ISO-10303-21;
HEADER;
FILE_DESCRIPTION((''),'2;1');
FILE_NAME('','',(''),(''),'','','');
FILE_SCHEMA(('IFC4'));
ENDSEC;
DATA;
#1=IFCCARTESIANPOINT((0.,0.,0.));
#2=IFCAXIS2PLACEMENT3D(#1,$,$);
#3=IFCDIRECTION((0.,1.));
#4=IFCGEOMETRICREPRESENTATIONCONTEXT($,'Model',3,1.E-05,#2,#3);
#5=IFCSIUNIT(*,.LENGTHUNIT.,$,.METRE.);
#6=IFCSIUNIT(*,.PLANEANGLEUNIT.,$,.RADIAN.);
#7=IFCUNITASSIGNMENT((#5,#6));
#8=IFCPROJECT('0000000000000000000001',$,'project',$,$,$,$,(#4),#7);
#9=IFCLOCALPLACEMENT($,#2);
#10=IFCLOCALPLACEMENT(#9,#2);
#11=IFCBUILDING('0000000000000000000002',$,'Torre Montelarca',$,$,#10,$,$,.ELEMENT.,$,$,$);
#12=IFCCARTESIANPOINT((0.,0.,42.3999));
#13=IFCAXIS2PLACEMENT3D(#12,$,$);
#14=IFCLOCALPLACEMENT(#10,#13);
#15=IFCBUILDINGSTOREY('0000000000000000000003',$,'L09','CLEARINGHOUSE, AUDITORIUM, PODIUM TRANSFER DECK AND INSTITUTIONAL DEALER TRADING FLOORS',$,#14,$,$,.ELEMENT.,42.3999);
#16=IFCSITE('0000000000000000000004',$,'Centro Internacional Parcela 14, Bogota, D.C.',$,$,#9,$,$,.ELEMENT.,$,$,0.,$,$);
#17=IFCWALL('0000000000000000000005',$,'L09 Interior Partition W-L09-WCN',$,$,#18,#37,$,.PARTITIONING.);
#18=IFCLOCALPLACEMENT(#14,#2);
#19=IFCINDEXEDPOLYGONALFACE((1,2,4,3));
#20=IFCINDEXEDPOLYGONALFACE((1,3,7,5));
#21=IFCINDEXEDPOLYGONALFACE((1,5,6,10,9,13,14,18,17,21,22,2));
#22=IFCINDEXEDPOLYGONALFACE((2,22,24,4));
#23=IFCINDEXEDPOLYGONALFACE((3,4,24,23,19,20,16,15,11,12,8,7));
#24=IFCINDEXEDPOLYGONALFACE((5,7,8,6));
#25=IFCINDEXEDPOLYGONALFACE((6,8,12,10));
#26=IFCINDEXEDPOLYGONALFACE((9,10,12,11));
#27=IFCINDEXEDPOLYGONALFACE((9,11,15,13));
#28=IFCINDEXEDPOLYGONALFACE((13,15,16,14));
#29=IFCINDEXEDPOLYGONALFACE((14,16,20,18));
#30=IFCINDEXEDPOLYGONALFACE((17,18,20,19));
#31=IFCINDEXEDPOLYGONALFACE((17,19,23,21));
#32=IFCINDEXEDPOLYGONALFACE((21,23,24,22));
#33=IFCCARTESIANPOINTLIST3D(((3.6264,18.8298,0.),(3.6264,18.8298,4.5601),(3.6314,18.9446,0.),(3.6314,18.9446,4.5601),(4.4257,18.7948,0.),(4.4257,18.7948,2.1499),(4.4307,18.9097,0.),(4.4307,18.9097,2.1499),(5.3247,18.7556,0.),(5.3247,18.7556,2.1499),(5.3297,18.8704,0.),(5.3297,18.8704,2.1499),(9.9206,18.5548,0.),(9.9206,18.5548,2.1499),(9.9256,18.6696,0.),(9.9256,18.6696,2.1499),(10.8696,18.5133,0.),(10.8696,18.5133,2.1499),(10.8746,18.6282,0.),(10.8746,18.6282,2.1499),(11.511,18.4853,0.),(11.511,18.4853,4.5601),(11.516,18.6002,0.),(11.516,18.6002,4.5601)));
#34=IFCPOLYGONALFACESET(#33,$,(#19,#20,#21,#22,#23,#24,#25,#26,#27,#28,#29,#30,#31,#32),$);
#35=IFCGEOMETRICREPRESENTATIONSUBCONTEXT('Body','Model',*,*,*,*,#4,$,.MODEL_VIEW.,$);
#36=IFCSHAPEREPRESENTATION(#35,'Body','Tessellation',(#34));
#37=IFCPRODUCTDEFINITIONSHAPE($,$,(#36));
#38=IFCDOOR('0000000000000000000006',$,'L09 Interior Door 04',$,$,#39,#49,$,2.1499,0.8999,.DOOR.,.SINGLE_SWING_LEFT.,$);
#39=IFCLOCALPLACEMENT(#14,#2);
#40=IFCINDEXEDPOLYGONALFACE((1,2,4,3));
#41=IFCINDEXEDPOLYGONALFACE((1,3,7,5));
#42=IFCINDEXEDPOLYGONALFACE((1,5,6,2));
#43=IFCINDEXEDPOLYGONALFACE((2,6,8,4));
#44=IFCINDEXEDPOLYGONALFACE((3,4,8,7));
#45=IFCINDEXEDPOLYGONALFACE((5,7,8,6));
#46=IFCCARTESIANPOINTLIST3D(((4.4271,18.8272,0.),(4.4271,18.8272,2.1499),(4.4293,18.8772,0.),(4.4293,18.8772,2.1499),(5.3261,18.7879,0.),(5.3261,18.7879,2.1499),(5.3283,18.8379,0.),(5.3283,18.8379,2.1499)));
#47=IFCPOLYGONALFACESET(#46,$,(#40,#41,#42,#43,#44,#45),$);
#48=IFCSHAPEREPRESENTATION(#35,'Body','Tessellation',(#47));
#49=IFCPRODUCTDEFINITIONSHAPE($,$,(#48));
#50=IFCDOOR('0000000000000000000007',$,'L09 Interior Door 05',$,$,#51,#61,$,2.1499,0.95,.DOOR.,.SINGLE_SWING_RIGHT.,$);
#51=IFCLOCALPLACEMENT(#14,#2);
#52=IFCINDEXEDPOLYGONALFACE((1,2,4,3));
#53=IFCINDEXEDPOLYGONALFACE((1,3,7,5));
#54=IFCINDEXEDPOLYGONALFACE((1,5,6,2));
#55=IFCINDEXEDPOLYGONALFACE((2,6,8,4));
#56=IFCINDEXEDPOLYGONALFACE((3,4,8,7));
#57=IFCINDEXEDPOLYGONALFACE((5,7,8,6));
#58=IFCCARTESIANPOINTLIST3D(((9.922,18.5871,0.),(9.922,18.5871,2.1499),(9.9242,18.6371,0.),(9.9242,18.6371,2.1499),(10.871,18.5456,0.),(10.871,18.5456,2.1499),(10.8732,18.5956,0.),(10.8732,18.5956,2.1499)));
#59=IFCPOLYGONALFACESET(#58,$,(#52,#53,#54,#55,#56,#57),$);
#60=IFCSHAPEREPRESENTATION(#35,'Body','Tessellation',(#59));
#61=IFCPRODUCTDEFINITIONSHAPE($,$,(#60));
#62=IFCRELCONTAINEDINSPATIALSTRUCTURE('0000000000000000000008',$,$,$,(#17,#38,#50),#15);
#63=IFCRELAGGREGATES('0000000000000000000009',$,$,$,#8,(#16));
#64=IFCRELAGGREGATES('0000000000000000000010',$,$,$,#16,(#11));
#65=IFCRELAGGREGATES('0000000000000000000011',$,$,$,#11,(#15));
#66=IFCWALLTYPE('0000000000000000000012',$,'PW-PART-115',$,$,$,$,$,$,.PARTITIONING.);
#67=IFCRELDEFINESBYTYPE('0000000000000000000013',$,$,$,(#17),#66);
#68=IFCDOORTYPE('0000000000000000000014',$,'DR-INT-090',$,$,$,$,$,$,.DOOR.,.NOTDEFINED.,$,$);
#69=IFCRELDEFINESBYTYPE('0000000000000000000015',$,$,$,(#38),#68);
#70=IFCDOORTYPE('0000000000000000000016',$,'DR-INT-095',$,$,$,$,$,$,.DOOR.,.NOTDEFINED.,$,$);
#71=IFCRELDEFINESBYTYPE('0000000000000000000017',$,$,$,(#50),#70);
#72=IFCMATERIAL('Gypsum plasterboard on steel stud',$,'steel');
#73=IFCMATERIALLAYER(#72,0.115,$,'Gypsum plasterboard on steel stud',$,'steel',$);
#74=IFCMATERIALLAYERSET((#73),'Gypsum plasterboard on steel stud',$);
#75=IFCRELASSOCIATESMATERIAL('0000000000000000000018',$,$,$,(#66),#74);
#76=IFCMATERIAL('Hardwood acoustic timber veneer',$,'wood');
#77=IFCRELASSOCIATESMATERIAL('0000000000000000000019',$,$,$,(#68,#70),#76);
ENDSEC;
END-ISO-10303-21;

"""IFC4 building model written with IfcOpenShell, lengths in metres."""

from ifc_helpers import new_model, si_unit, direction, frame, frame_2d, origin, place, context, subcontext, project, spatial, rectangle, extrude, source, transform, mapped, material, layer, layer_set, type_object, element, fill, save


model = new_model("IFC4")

# Units and contexts
model_context = context("Model", 3, precision=1e-05, world=origin(), true_north=direction((0.0, 1.0)))
body_context = subcontext(model_context, "Body", "Model", "MODEL_VIEW")
ifc_project = project(units=[si_unit("LENGTHUNIT", "METRE"), si_unit("PLANEANGLEUNIT", "RADIAN")], contexts=[model_context])

# Site, building, storey
site_placement = place(None, origin())
site = spatial("IfcSite", under=ifc_project, at=site_placement, Name="Centro Internacional Parcela 14, Bogota, D.C.", CompositionType="ELEMENT", RefElevation=0.0)
building_placement = place(site_placement, origin())
building = spatial("IfcBuilding", under=site, at=building_placement, Name="Torre Montelarca", CompositionType="ELEMENT")
storey_placement = place(building_placement, frame((0.0, 0.0, 42.3999)))
storey = spatial("IfcBuildingStorey", under=building, at=storey_placement, Name="L09", Description="CLEARINGHOUSE, AUDITORIUM, PODIUM TRANSFER DECK AND INSTITUTIONAL DEALER TRADING FLOORS", CompositionType="ELEMENT", Elevation=42.3999)

# Shared definitions
ifc_material_1 = material(Name="Gypsum plasterboard on steel stud", Category="steel")

# Wall, openings, doors
ifc_layer_1 = layer(ifc_material_1, 0.115, Name="Gypsum plasterboard on steel stud", Category="steel")
ifc_layer_set_1 = layer_set([ifc_layer_1], Name="Gypsum plasterboard on steel stud")
wall_type_1 = type_object("IfcWallType", Name="PW-PART-115", PredefinedType="PARTITIONING", material=ifc_layer_set_1)
wall_1_placement = place(storey_placement, frame((3.6289, 18.8872, 0.0), z_axis=(0.0, 0.0, 1.0), x_axis=(0.999047, -0.043649, 0.0)))
wall_1 = element("IfcWall", 1, at=wall_1_placement, inside=storey, type_object=wall_type_1, Name="L09 Interior Partition W-L09-WCN", PredefinedType="PARTITIONING", context=body_context, shape_type="SweptSolid", body=[
    extrude(rectangle(XDim=7.8921, YDim=0.115, at=frame_2d((3.946, 0.0))), origin(), (0.0, 0.0, 1.0), 4.5601),
])
opening_1_placement = place(wall_1_placement, frame((0.8, 0.0, 0.0)))
opening_1 = element("IfcOpeningElement", 2, at=opening_1_placement, cuts=wall_1, PredefinedType="OPENING", context=body_context, shape_type="SweptSolid", body=[
    extrude(rectangle(XDim=0.8999, YDim=2.1499, at=frame_2d((0.45, 1.075))), frame((0.0, 0.0674, 0.0), z_axis=(0.0, -1.0, 0.0), x_axis=(1.0, 0.0, 0.0)), (0.0, 0.0, 1.0), 0.135),
])
opening_2_placement = place(wall_1_placement, frame((6.3, 0.0, 0.0)))
opening_2 = element("IfcOpeningElement", 3, at=opening_2_placement, cuts=wall_1, PredefinedType="OPENING", context=body_context, shape_type="SweptSolid", body=[
    extrude(rectangle(XDim=0.95, YDim=2.1499, at=frame_2d((0.4751, 1.075))), frame((0.0, 0.0674, 0.0), z_axis=(0.0, -1.0, 0.0), x_axis=(1.0, 0.0, 0.0)), (0.0, 0.0, 1.0), 0.135),
])
ifc_material_2 = material(Name="Hardwood acoustic timber veneer", Category="wood")
door_type_1 = type_object("IfcDoorType", Name="DR-INT-090", OperationType="NOTDEFINED", PredefinedType="DOOR", material=ifc_material_2)
shared_shape_1 = source(origin(), body_context, "Body", "SweptSolid", [
    extrude(rectangle(XDim=0.8999, YDim=2.1499, at=frame_2d((0.45, 1.075))), frame((0.0, 0.0249, 0.0), z_axis=(0.0, -1.0, 0.0), x_axis=(1.0, 0.0, 0.0)), (0.0, 0.0, 1.0), 0.05),
])
door_1_placement = place(opening_1_placement, origin())
door_1 = element("IfcDoor", 4, at=door_1_placement, inside=storey, type_object=door_type_1, Name="L09 Interior Door 04", OperationType="SINGLE_SWING_LEFT", OverallHeight=2.1499, OverallWidth=0.8999, PredefinedType="DOOR", context=body_context, shape_type="MappedRepresentation", body=[
    mapped(shared_shape_1, transform((0.0, 0.0, 0.0), scale=1.0)),
])
fill(opening_1, door_1)
door_type_2 = type_object("IfcDoorType", Name="DR-INT-095", OperationType="NOTDEFINED", PredefinedType="DOOR", material=ifc_material_2)
shared_shape_2 = source(origin(), body_context, "Body", "SweptSolid", [
    extrude(rectangle(XDim=0.95, YDim=2.1499, at=frame_2d((0.4751, 1.075))), frame((0.0, 0.0249, 0.0), z_axis=(0.0, -1.0, 0.0), x_axis=(1.0, 0.0, 0.0)), (0.0, 0.0, 1.0), 0.05),
])
door_2_placement = place(opening_2_placement, origin())
door_2 = element("IfcDoor", 5, at=door_2_placement, inside=storey, type_object=door_type_2, Name="L09 Interior Door 05", OperationType="SINGLE_SWING_RIGHT", OverallHeight=2.1499, OverallWidth=0.95, PredefinedType="DOOR", context=body_context, shape_type="MappedRepresentation", body=[
    mapped(shared_shape_2, transform((0.0, 0.0, 0.0), scale=1.0)),
])
fill(opening_2, door_2)

save(model, "model.ifc")
